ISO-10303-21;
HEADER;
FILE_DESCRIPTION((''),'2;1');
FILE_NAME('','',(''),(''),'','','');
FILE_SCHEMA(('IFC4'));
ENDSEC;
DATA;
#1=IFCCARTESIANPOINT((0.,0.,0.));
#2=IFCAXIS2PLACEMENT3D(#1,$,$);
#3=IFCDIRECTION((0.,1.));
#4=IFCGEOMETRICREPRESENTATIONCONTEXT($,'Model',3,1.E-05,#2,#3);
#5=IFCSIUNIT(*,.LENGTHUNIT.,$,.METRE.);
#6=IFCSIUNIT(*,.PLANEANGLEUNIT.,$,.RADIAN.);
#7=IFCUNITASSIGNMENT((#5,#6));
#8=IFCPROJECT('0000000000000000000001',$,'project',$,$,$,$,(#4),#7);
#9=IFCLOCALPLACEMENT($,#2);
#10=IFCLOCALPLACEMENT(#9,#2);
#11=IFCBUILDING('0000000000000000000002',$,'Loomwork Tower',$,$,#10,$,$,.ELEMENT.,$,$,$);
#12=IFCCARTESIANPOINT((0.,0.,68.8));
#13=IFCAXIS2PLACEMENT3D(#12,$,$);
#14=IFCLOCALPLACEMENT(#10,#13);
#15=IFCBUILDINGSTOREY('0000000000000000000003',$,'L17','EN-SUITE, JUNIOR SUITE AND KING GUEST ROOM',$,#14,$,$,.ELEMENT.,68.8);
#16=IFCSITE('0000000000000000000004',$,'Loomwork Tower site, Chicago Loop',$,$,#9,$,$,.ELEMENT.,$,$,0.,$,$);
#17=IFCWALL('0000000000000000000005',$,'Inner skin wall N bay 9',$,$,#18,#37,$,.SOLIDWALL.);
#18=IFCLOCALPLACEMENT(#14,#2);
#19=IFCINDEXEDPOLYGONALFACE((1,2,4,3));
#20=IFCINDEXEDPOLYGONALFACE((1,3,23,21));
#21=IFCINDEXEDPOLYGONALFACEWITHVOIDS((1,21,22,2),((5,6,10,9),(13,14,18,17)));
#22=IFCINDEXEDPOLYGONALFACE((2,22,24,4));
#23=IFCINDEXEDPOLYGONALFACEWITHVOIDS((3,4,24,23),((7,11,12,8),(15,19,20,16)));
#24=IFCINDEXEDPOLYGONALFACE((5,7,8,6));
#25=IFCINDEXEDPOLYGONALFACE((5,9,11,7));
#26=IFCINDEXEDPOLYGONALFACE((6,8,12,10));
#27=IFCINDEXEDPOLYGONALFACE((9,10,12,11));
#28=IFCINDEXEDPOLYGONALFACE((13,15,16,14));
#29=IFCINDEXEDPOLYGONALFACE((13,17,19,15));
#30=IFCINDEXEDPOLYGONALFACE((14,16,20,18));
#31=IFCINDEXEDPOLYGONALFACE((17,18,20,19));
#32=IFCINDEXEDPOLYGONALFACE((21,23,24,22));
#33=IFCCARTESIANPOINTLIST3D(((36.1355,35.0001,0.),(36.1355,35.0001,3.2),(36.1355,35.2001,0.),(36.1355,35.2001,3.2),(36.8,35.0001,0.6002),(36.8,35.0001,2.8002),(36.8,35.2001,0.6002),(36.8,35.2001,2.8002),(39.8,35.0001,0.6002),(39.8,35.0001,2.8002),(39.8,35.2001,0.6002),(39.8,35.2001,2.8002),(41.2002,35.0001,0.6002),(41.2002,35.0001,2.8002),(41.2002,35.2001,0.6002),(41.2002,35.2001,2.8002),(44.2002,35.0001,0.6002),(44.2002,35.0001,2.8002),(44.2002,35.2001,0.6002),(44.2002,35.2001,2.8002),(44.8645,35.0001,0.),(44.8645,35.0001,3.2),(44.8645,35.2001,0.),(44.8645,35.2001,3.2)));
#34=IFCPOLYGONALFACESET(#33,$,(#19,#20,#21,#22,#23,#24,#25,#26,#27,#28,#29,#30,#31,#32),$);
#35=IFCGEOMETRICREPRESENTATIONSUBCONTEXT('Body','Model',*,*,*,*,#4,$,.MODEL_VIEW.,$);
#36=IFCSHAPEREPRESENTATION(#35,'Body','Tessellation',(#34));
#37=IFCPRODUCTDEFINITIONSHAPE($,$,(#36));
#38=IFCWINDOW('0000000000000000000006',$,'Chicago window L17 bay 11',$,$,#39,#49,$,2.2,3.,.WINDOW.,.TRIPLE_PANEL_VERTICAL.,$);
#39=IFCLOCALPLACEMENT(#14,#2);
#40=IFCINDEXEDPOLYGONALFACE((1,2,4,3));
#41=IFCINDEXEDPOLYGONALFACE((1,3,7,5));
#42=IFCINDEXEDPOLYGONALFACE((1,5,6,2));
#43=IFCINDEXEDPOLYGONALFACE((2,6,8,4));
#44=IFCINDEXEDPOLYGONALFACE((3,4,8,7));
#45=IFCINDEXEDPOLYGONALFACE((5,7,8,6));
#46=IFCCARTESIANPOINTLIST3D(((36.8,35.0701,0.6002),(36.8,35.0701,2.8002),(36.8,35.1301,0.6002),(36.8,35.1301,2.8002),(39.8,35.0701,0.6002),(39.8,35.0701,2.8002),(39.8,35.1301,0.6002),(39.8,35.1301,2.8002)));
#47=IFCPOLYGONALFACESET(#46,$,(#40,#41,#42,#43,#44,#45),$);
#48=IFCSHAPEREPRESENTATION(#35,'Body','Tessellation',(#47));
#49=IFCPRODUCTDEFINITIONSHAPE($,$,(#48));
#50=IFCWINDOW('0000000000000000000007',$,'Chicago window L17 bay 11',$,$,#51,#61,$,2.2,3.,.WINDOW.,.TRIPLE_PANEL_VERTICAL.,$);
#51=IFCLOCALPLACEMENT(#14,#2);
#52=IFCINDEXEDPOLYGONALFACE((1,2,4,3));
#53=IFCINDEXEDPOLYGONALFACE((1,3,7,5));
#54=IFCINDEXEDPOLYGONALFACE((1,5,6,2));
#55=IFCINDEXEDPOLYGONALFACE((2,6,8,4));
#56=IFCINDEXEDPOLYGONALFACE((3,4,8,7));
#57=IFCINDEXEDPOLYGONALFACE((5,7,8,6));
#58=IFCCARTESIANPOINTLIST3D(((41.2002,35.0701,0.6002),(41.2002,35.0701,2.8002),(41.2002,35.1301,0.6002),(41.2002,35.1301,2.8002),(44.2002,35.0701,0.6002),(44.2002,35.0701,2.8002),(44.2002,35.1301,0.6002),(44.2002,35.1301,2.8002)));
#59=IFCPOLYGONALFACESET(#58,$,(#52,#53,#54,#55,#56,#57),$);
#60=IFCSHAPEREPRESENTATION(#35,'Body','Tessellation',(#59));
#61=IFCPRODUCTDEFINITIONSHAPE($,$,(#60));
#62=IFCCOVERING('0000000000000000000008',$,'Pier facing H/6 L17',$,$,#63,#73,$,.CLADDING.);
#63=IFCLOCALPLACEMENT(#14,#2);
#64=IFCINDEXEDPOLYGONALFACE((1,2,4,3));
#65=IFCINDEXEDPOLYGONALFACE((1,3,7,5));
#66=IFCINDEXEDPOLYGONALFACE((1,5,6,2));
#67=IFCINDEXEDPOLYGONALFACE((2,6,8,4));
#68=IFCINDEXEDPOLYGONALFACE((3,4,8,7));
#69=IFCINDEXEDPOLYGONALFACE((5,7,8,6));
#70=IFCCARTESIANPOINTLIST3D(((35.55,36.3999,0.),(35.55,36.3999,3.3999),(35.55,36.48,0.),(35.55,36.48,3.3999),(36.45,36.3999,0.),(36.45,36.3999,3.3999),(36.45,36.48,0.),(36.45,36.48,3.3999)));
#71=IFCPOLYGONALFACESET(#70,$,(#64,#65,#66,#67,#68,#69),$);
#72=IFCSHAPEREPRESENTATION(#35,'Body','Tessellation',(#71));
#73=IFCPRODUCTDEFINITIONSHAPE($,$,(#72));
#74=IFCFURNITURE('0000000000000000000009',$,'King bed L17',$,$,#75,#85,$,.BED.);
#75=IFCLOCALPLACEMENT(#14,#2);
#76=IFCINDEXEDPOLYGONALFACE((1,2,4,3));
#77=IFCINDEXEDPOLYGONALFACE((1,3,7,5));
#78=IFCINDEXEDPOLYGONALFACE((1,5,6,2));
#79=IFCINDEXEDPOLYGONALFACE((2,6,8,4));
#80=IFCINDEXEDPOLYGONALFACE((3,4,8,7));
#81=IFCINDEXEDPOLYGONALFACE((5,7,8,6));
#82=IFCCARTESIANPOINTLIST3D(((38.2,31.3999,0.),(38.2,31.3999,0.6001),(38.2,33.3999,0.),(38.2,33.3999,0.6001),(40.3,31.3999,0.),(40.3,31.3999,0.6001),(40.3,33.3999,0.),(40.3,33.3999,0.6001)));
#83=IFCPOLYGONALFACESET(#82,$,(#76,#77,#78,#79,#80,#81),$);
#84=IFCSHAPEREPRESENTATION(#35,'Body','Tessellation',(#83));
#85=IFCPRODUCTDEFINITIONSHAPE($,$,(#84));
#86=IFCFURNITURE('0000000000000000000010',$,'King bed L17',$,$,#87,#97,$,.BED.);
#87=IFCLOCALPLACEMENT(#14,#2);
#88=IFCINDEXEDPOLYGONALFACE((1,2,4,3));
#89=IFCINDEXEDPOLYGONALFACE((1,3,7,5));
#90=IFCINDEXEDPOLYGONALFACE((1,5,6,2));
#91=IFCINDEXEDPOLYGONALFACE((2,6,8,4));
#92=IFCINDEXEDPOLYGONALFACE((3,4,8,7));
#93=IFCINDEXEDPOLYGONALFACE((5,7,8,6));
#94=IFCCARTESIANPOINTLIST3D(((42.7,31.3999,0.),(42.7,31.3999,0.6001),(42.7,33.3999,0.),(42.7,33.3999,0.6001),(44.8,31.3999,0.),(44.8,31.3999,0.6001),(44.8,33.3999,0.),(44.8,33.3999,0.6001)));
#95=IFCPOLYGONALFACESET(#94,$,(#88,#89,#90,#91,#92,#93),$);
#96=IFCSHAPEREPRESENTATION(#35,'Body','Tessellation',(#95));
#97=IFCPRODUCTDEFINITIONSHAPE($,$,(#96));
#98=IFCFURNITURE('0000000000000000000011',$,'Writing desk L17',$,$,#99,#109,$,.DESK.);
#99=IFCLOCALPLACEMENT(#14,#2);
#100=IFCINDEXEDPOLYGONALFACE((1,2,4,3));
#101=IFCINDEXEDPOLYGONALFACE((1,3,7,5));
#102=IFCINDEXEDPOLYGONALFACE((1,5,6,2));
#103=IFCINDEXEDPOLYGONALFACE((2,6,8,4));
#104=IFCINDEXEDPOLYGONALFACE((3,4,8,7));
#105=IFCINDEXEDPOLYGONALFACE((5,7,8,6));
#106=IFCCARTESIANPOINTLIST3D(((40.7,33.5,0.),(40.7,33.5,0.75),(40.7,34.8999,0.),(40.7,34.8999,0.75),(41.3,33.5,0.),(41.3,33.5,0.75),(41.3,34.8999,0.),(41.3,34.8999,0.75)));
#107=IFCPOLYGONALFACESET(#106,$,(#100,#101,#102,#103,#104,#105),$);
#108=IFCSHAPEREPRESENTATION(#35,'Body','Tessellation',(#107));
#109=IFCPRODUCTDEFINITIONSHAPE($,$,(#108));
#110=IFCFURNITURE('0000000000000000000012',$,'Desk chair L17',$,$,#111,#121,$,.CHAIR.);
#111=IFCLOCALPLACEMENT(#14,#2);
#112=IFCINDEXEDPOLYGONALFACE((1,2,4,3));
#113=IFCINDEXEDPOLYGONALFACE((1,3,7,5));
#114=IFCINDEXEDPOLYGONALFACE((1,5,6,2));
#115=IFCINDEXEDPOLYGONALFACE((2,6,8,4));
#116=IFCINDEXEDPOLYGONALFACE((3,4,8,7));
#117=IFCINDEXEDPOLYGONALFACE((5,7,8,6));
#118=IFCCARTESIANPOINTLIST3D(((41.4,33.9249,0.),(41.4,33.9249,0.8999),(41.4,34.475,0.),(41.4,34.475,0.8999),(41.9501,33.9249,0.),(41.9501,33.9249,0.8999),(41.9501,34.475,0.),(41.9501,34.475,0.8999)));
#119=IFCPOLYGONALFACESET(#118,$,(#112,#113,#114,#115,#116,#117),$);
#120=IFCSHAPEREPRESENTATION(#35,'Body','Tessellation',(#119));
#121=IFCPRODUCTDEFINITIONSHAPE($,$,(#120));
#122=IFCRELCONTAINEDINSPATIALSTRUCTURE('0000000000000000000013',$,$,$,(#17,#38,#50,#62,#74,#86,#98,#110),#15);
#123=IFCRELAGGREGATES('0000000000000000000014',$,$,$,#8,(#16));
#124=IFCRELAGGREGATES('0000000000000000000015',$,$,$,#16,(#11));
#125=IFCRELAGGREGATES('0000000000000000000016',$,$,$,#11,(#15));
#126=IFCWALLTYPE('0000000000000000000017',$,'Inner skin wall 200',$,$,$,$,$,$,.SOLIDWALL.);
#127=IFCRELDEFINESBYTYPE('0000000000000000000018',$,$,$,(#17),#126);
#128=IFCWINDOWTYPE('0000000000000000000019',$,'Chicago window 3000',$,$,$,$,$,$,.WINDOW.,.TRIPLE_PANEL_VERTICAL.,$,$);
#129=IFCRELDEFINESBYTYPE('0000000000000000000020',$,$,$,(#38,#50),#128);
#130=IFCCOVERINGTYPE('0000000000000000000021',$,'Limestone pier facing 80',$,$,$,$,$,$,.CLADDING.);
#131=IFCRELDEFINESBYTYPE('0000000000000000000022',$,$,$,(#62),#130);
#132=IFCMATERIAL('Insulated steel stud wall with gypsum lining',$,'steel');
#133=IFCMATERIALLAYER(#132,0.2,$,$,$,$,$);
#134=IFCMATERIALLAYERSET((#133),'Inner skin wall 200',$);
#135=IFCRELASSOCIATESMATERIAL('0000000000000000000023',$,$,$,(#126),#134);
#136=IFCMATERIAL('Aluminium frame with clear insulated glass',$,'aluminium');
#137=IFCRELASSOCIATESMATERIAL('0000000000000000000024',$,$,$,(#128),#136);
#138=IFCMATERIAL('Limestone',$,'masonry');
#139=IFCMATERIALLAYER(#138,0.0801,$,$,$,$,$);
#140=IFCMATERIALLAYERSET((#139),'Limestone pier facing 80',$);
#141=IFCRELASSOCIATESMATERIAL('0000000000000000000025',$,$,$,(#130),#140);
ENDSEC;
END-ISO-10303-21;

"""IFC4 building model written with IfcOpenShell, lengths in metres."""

from ifc_helpers import new_model, si_unit, direction, frame, frame_2d, origin, origin_2d, place, context, subcontext, project, spatial, rectangle, extrude, material, layer, layer_set, type_object, element, fill, save


model = new_model("IFC4")

# Units and contexts
model_context = context("Model", 3, precision=1e-05, world=origin(), true_north=direction((0.0, 1.0)))
body_context = subcontext(model_context, "Body", "Model", "MODEL_VIEW")
ifc_project = project(units=[si_unit("LENGTHUNIT", "METRE"), si_unit("PLANEANGLEUNIT", "RADIAN")], contexts=[model_context])

# Site, building, storey
site_placement = place(None, origin())
site = spatial("IfcSite", under=ifc_project, at=site_placement, Name="Loomwork Tower site, Chicago Loop", CompositionType="ELEMENT", RefElevation=0.0)
building_placement = place(site_placement, origin())
building = spatial("IfcBuilding", under=site, at=building_placement, Name="Loomwork Tower", CompositionType="ELEMENT")
storey_placement = place(building_placement, frame((0.0, 0.0, 68.8)))
storey = spatial("IfcBuildingStorey", under=building, at=storey_placement, Name="L17", Description="EN-SUITE, JUNIOR SUITE AND KING GUEST ROOM", CompositionType="ELEMENT", Elevation=68.8)

# Shared definitions
ifc_material_1 = material(Name="Insulated steel stud wall with gypsum lining", Category="steel")
ifc_layer_1 = layer(ifc_material_1, 0.2)
ifc_layer_set_1 = layer_set([ifc_layer_1], Name="Inner skin wall 200")
wall_type_1 = type_object("IfcWallType", Name="Inner skin wall 200", PredefinedType="SOLIDWALL", material=ifc_layer_set_1)

# Wall, openings, windows
wall_1_placement = place(storey_placement, frame((36.1355, 35.1001, 0.0), z_axis=(0.0, 0.0, 1.0), x_axis=(1.0, 0.0, 0.0)))
wall_1 = element("IfcWall", 1, at=wall_1_placement, inside=storey, type_object=wall_type_1, Name="Inner skin wall N bay 9", PredefinedType="SOLIDWALL", context=body_context, shape_type="SweptSolid", body=[
    extrude(rectangle(XDim=8.729, YDim=0.2, at=frame_2d((4.3645, 0.0))), origin(), (0.0, 0.0, 1.0), 3.2),
])
opening_1_placement = place(wall_1_placement, frame((0.6646, 0.0, 0.6001)))
opening_1 = element("IfcOpeningElement", 2, at=opening_1_placement, cuts=wall_1, PredefinedType="OPENING", context=body_context, shape_type="SweptSolid", body=[
    extrude(rectangle(XDim=3.0, YDim=2.2, at=frame_2d((1.5, 1.1001))), frame((0.0, 0.1099, 0.0), z_axis=(0.0, -1.0, 0.0), x_axis=(1.0, 0.0, 0.0)), (0.0, 0.0, 1.0), 0.22),
])
opening_2_placement = place(wall_1_placement, frame((5.0647, 0.0, 0.6001)))
opening_2 = element("IfcOpeningElement", 3, at=opening_2_placement, cuts=wall_1, PredefinedType="OPENING", context=body_context, shape_type="SweptSolid", body=[
    extrude(rectangle(XDim=3.0, YDim=2.2, at=frame_2d((1.5, 1.1001))), frame((0.0, 0.1099, 0.0), z_axis=(0.0, -1.0, 0.0), x_axis=(1.0, 0.0, 0.0)), (0.0, 0.0, 1.0), 0.22),
])
ifc_material_2 = material(Name="Aluminium frame with clear insulated glass", Category="aluminium")
window_type = type_object("IfcWindowType", Name="Chicago window 3000", PartitioningType="TRIPLE_PANEL_VERTICAL", PredefinedType="WINDOW", material=ifc_material_2)
window_1_placement = place(opening_1_placement, origin())
window_1 = element("IfcWindow", 4, at=window_1_placement, inside=storey, type_object=window_type, Name="Chicago window L17 bay 11", OverallHeight=2.2, OverallWidth=3.0, PartitioningType="TRIPLE_PANEL_VERTICAL", PredefinedType="WINDOW", context=body_context, shape_type="SweptSolid", body=[
    extrude(rectangle(XDim=3.0, YDim=2.2, at=frame_2d((1.5, 1.1001))), frame((0.0, 0.03, 0.0), z_axis=(0.0, -1.0, 0.0), x_axis=(1.0, 0.0, 0.0)), (0.0, 0.0, 1.0), 0.0601),
])
fill(opening_1, window_1)
window_2_placement = place(opening_2_placement, origin())
window_2 = element("IfcWindow", 5, at=window_2_placement, inside=storey, type_object=window_type, Name="Chicago window L17 bay 11", OverallHeight=2.2, OverallWidth=3.0, PartitioningType="TRIPLE_PANEL_VERTICAL", PredefinedType="WINDOW", context=body_context, shape_type="SweptSolid", body=[
    extrude(rectangle(XDim=3.0, YDim=2.2, at=frame_2d((1.5, 1.1001))), frame((0.0, 0.03, 0.0), z_axis=(0.0, -1.0, 0.0), x_axis=(1.0, 0.0, 0.0)), (0.0, 0.0, 1.0), 0.0601),
])
fill(opening_2, window_2)

# Covering
ifc_material_3 = material(Name="Limestone", Category="masonry")
ifc_layer_2 = layer(ifc_material_3, 0.0801)
ifc_layer_set_2 = layer_set([ifc_layer_2], Name="Limestone pier facing 80")
covering_type = type_object("IfcCoveringType", Name="Limestone pier facing 80", PredefinedType="CLADDING", material=ifc_layer_set_2)
covering_placement = place(storey_placement, frame((36.0, 36.4399, 0.0), z_axis=(0.0, 0.0, 1.0), x_axis=(1.0, 0.0, 0.0)))
element("IfcCovering", 6, at=covering_placement, inside=storey, type_object=covering_type, Name="Pier facing H/6 L17", PredefinedType="CLADDING", context=body_context, shape_type="SweptSolid", body=[
    extrude(rectangle(XDim=0.8999, YDim=0.0801, at=origin_2d()), origin(), (0.0, 0.0, 1.0), 3.3999),
])

# Furniture
for number, where, z_axis, x_axis, name in (
    (7, (39.25, 32.3999, 0.0), (0.0, 0.0, 1.0), (1.0, 0.0, 0.0), "King bed L17"),
    (8, (43.75, 32.3999, 0.0), (0.0, 0.0, 1.0), (1.0, 0.0, 0.0), "King bed L17"),
):
    element("IfcFurniture", number, at=place(storey_placement, frame(where, z_axis=z_axis, x_axis=x_axis)), inside=storey, Name=name, PredefinedType="BED", context=body_context, shape_type="SweptSolid", body=[
        extrude(rectangle(XDim=2.1001, YDim=2.0, at=origin_2d()), origin(), (0.0, 0.0, 1.0), 0.6001),
    ])
furniture_1_placement = place(storey_placement, frame((41.0, 34.2, 0.0), z_axis=(0.0, 0.0, 1.0), x_axis=(1.0, 0.0, 0.0)))
element("IfcFurniture", 9, at=furniture_1_placement, inside=storey, Name="Writing desk L17", PredefinedType="DESK", context=body_context, shape_type="SweptSolid", body=[
    extrude(rectangle(XDim=0.6001, YDim=1.3999, at=origin_2d()), origin(), (0.0, 0.0, 1.0), 0.75),
])
furniture_2_placement = place(storey_placement, frame((41.675, 34.2, 0.0), z_axis=(0.0, 0.0, 1.0), x_axis=(1.0, 0.0, 0.0)))
element("IfcFurniture", 10, at=furniture_2_placement, inside=storey, Name="Desk chair L17", PredefinedType="CHAIR", context=body_context, shape_type="SweptSolid", body=[
    extrude(rectangle(XDim=0.55, YDim=0.55, at=origin_2d()), origin(), (0.0, 0.0, 1.0), 0.8999),
])

save(model, "model.ifc")
